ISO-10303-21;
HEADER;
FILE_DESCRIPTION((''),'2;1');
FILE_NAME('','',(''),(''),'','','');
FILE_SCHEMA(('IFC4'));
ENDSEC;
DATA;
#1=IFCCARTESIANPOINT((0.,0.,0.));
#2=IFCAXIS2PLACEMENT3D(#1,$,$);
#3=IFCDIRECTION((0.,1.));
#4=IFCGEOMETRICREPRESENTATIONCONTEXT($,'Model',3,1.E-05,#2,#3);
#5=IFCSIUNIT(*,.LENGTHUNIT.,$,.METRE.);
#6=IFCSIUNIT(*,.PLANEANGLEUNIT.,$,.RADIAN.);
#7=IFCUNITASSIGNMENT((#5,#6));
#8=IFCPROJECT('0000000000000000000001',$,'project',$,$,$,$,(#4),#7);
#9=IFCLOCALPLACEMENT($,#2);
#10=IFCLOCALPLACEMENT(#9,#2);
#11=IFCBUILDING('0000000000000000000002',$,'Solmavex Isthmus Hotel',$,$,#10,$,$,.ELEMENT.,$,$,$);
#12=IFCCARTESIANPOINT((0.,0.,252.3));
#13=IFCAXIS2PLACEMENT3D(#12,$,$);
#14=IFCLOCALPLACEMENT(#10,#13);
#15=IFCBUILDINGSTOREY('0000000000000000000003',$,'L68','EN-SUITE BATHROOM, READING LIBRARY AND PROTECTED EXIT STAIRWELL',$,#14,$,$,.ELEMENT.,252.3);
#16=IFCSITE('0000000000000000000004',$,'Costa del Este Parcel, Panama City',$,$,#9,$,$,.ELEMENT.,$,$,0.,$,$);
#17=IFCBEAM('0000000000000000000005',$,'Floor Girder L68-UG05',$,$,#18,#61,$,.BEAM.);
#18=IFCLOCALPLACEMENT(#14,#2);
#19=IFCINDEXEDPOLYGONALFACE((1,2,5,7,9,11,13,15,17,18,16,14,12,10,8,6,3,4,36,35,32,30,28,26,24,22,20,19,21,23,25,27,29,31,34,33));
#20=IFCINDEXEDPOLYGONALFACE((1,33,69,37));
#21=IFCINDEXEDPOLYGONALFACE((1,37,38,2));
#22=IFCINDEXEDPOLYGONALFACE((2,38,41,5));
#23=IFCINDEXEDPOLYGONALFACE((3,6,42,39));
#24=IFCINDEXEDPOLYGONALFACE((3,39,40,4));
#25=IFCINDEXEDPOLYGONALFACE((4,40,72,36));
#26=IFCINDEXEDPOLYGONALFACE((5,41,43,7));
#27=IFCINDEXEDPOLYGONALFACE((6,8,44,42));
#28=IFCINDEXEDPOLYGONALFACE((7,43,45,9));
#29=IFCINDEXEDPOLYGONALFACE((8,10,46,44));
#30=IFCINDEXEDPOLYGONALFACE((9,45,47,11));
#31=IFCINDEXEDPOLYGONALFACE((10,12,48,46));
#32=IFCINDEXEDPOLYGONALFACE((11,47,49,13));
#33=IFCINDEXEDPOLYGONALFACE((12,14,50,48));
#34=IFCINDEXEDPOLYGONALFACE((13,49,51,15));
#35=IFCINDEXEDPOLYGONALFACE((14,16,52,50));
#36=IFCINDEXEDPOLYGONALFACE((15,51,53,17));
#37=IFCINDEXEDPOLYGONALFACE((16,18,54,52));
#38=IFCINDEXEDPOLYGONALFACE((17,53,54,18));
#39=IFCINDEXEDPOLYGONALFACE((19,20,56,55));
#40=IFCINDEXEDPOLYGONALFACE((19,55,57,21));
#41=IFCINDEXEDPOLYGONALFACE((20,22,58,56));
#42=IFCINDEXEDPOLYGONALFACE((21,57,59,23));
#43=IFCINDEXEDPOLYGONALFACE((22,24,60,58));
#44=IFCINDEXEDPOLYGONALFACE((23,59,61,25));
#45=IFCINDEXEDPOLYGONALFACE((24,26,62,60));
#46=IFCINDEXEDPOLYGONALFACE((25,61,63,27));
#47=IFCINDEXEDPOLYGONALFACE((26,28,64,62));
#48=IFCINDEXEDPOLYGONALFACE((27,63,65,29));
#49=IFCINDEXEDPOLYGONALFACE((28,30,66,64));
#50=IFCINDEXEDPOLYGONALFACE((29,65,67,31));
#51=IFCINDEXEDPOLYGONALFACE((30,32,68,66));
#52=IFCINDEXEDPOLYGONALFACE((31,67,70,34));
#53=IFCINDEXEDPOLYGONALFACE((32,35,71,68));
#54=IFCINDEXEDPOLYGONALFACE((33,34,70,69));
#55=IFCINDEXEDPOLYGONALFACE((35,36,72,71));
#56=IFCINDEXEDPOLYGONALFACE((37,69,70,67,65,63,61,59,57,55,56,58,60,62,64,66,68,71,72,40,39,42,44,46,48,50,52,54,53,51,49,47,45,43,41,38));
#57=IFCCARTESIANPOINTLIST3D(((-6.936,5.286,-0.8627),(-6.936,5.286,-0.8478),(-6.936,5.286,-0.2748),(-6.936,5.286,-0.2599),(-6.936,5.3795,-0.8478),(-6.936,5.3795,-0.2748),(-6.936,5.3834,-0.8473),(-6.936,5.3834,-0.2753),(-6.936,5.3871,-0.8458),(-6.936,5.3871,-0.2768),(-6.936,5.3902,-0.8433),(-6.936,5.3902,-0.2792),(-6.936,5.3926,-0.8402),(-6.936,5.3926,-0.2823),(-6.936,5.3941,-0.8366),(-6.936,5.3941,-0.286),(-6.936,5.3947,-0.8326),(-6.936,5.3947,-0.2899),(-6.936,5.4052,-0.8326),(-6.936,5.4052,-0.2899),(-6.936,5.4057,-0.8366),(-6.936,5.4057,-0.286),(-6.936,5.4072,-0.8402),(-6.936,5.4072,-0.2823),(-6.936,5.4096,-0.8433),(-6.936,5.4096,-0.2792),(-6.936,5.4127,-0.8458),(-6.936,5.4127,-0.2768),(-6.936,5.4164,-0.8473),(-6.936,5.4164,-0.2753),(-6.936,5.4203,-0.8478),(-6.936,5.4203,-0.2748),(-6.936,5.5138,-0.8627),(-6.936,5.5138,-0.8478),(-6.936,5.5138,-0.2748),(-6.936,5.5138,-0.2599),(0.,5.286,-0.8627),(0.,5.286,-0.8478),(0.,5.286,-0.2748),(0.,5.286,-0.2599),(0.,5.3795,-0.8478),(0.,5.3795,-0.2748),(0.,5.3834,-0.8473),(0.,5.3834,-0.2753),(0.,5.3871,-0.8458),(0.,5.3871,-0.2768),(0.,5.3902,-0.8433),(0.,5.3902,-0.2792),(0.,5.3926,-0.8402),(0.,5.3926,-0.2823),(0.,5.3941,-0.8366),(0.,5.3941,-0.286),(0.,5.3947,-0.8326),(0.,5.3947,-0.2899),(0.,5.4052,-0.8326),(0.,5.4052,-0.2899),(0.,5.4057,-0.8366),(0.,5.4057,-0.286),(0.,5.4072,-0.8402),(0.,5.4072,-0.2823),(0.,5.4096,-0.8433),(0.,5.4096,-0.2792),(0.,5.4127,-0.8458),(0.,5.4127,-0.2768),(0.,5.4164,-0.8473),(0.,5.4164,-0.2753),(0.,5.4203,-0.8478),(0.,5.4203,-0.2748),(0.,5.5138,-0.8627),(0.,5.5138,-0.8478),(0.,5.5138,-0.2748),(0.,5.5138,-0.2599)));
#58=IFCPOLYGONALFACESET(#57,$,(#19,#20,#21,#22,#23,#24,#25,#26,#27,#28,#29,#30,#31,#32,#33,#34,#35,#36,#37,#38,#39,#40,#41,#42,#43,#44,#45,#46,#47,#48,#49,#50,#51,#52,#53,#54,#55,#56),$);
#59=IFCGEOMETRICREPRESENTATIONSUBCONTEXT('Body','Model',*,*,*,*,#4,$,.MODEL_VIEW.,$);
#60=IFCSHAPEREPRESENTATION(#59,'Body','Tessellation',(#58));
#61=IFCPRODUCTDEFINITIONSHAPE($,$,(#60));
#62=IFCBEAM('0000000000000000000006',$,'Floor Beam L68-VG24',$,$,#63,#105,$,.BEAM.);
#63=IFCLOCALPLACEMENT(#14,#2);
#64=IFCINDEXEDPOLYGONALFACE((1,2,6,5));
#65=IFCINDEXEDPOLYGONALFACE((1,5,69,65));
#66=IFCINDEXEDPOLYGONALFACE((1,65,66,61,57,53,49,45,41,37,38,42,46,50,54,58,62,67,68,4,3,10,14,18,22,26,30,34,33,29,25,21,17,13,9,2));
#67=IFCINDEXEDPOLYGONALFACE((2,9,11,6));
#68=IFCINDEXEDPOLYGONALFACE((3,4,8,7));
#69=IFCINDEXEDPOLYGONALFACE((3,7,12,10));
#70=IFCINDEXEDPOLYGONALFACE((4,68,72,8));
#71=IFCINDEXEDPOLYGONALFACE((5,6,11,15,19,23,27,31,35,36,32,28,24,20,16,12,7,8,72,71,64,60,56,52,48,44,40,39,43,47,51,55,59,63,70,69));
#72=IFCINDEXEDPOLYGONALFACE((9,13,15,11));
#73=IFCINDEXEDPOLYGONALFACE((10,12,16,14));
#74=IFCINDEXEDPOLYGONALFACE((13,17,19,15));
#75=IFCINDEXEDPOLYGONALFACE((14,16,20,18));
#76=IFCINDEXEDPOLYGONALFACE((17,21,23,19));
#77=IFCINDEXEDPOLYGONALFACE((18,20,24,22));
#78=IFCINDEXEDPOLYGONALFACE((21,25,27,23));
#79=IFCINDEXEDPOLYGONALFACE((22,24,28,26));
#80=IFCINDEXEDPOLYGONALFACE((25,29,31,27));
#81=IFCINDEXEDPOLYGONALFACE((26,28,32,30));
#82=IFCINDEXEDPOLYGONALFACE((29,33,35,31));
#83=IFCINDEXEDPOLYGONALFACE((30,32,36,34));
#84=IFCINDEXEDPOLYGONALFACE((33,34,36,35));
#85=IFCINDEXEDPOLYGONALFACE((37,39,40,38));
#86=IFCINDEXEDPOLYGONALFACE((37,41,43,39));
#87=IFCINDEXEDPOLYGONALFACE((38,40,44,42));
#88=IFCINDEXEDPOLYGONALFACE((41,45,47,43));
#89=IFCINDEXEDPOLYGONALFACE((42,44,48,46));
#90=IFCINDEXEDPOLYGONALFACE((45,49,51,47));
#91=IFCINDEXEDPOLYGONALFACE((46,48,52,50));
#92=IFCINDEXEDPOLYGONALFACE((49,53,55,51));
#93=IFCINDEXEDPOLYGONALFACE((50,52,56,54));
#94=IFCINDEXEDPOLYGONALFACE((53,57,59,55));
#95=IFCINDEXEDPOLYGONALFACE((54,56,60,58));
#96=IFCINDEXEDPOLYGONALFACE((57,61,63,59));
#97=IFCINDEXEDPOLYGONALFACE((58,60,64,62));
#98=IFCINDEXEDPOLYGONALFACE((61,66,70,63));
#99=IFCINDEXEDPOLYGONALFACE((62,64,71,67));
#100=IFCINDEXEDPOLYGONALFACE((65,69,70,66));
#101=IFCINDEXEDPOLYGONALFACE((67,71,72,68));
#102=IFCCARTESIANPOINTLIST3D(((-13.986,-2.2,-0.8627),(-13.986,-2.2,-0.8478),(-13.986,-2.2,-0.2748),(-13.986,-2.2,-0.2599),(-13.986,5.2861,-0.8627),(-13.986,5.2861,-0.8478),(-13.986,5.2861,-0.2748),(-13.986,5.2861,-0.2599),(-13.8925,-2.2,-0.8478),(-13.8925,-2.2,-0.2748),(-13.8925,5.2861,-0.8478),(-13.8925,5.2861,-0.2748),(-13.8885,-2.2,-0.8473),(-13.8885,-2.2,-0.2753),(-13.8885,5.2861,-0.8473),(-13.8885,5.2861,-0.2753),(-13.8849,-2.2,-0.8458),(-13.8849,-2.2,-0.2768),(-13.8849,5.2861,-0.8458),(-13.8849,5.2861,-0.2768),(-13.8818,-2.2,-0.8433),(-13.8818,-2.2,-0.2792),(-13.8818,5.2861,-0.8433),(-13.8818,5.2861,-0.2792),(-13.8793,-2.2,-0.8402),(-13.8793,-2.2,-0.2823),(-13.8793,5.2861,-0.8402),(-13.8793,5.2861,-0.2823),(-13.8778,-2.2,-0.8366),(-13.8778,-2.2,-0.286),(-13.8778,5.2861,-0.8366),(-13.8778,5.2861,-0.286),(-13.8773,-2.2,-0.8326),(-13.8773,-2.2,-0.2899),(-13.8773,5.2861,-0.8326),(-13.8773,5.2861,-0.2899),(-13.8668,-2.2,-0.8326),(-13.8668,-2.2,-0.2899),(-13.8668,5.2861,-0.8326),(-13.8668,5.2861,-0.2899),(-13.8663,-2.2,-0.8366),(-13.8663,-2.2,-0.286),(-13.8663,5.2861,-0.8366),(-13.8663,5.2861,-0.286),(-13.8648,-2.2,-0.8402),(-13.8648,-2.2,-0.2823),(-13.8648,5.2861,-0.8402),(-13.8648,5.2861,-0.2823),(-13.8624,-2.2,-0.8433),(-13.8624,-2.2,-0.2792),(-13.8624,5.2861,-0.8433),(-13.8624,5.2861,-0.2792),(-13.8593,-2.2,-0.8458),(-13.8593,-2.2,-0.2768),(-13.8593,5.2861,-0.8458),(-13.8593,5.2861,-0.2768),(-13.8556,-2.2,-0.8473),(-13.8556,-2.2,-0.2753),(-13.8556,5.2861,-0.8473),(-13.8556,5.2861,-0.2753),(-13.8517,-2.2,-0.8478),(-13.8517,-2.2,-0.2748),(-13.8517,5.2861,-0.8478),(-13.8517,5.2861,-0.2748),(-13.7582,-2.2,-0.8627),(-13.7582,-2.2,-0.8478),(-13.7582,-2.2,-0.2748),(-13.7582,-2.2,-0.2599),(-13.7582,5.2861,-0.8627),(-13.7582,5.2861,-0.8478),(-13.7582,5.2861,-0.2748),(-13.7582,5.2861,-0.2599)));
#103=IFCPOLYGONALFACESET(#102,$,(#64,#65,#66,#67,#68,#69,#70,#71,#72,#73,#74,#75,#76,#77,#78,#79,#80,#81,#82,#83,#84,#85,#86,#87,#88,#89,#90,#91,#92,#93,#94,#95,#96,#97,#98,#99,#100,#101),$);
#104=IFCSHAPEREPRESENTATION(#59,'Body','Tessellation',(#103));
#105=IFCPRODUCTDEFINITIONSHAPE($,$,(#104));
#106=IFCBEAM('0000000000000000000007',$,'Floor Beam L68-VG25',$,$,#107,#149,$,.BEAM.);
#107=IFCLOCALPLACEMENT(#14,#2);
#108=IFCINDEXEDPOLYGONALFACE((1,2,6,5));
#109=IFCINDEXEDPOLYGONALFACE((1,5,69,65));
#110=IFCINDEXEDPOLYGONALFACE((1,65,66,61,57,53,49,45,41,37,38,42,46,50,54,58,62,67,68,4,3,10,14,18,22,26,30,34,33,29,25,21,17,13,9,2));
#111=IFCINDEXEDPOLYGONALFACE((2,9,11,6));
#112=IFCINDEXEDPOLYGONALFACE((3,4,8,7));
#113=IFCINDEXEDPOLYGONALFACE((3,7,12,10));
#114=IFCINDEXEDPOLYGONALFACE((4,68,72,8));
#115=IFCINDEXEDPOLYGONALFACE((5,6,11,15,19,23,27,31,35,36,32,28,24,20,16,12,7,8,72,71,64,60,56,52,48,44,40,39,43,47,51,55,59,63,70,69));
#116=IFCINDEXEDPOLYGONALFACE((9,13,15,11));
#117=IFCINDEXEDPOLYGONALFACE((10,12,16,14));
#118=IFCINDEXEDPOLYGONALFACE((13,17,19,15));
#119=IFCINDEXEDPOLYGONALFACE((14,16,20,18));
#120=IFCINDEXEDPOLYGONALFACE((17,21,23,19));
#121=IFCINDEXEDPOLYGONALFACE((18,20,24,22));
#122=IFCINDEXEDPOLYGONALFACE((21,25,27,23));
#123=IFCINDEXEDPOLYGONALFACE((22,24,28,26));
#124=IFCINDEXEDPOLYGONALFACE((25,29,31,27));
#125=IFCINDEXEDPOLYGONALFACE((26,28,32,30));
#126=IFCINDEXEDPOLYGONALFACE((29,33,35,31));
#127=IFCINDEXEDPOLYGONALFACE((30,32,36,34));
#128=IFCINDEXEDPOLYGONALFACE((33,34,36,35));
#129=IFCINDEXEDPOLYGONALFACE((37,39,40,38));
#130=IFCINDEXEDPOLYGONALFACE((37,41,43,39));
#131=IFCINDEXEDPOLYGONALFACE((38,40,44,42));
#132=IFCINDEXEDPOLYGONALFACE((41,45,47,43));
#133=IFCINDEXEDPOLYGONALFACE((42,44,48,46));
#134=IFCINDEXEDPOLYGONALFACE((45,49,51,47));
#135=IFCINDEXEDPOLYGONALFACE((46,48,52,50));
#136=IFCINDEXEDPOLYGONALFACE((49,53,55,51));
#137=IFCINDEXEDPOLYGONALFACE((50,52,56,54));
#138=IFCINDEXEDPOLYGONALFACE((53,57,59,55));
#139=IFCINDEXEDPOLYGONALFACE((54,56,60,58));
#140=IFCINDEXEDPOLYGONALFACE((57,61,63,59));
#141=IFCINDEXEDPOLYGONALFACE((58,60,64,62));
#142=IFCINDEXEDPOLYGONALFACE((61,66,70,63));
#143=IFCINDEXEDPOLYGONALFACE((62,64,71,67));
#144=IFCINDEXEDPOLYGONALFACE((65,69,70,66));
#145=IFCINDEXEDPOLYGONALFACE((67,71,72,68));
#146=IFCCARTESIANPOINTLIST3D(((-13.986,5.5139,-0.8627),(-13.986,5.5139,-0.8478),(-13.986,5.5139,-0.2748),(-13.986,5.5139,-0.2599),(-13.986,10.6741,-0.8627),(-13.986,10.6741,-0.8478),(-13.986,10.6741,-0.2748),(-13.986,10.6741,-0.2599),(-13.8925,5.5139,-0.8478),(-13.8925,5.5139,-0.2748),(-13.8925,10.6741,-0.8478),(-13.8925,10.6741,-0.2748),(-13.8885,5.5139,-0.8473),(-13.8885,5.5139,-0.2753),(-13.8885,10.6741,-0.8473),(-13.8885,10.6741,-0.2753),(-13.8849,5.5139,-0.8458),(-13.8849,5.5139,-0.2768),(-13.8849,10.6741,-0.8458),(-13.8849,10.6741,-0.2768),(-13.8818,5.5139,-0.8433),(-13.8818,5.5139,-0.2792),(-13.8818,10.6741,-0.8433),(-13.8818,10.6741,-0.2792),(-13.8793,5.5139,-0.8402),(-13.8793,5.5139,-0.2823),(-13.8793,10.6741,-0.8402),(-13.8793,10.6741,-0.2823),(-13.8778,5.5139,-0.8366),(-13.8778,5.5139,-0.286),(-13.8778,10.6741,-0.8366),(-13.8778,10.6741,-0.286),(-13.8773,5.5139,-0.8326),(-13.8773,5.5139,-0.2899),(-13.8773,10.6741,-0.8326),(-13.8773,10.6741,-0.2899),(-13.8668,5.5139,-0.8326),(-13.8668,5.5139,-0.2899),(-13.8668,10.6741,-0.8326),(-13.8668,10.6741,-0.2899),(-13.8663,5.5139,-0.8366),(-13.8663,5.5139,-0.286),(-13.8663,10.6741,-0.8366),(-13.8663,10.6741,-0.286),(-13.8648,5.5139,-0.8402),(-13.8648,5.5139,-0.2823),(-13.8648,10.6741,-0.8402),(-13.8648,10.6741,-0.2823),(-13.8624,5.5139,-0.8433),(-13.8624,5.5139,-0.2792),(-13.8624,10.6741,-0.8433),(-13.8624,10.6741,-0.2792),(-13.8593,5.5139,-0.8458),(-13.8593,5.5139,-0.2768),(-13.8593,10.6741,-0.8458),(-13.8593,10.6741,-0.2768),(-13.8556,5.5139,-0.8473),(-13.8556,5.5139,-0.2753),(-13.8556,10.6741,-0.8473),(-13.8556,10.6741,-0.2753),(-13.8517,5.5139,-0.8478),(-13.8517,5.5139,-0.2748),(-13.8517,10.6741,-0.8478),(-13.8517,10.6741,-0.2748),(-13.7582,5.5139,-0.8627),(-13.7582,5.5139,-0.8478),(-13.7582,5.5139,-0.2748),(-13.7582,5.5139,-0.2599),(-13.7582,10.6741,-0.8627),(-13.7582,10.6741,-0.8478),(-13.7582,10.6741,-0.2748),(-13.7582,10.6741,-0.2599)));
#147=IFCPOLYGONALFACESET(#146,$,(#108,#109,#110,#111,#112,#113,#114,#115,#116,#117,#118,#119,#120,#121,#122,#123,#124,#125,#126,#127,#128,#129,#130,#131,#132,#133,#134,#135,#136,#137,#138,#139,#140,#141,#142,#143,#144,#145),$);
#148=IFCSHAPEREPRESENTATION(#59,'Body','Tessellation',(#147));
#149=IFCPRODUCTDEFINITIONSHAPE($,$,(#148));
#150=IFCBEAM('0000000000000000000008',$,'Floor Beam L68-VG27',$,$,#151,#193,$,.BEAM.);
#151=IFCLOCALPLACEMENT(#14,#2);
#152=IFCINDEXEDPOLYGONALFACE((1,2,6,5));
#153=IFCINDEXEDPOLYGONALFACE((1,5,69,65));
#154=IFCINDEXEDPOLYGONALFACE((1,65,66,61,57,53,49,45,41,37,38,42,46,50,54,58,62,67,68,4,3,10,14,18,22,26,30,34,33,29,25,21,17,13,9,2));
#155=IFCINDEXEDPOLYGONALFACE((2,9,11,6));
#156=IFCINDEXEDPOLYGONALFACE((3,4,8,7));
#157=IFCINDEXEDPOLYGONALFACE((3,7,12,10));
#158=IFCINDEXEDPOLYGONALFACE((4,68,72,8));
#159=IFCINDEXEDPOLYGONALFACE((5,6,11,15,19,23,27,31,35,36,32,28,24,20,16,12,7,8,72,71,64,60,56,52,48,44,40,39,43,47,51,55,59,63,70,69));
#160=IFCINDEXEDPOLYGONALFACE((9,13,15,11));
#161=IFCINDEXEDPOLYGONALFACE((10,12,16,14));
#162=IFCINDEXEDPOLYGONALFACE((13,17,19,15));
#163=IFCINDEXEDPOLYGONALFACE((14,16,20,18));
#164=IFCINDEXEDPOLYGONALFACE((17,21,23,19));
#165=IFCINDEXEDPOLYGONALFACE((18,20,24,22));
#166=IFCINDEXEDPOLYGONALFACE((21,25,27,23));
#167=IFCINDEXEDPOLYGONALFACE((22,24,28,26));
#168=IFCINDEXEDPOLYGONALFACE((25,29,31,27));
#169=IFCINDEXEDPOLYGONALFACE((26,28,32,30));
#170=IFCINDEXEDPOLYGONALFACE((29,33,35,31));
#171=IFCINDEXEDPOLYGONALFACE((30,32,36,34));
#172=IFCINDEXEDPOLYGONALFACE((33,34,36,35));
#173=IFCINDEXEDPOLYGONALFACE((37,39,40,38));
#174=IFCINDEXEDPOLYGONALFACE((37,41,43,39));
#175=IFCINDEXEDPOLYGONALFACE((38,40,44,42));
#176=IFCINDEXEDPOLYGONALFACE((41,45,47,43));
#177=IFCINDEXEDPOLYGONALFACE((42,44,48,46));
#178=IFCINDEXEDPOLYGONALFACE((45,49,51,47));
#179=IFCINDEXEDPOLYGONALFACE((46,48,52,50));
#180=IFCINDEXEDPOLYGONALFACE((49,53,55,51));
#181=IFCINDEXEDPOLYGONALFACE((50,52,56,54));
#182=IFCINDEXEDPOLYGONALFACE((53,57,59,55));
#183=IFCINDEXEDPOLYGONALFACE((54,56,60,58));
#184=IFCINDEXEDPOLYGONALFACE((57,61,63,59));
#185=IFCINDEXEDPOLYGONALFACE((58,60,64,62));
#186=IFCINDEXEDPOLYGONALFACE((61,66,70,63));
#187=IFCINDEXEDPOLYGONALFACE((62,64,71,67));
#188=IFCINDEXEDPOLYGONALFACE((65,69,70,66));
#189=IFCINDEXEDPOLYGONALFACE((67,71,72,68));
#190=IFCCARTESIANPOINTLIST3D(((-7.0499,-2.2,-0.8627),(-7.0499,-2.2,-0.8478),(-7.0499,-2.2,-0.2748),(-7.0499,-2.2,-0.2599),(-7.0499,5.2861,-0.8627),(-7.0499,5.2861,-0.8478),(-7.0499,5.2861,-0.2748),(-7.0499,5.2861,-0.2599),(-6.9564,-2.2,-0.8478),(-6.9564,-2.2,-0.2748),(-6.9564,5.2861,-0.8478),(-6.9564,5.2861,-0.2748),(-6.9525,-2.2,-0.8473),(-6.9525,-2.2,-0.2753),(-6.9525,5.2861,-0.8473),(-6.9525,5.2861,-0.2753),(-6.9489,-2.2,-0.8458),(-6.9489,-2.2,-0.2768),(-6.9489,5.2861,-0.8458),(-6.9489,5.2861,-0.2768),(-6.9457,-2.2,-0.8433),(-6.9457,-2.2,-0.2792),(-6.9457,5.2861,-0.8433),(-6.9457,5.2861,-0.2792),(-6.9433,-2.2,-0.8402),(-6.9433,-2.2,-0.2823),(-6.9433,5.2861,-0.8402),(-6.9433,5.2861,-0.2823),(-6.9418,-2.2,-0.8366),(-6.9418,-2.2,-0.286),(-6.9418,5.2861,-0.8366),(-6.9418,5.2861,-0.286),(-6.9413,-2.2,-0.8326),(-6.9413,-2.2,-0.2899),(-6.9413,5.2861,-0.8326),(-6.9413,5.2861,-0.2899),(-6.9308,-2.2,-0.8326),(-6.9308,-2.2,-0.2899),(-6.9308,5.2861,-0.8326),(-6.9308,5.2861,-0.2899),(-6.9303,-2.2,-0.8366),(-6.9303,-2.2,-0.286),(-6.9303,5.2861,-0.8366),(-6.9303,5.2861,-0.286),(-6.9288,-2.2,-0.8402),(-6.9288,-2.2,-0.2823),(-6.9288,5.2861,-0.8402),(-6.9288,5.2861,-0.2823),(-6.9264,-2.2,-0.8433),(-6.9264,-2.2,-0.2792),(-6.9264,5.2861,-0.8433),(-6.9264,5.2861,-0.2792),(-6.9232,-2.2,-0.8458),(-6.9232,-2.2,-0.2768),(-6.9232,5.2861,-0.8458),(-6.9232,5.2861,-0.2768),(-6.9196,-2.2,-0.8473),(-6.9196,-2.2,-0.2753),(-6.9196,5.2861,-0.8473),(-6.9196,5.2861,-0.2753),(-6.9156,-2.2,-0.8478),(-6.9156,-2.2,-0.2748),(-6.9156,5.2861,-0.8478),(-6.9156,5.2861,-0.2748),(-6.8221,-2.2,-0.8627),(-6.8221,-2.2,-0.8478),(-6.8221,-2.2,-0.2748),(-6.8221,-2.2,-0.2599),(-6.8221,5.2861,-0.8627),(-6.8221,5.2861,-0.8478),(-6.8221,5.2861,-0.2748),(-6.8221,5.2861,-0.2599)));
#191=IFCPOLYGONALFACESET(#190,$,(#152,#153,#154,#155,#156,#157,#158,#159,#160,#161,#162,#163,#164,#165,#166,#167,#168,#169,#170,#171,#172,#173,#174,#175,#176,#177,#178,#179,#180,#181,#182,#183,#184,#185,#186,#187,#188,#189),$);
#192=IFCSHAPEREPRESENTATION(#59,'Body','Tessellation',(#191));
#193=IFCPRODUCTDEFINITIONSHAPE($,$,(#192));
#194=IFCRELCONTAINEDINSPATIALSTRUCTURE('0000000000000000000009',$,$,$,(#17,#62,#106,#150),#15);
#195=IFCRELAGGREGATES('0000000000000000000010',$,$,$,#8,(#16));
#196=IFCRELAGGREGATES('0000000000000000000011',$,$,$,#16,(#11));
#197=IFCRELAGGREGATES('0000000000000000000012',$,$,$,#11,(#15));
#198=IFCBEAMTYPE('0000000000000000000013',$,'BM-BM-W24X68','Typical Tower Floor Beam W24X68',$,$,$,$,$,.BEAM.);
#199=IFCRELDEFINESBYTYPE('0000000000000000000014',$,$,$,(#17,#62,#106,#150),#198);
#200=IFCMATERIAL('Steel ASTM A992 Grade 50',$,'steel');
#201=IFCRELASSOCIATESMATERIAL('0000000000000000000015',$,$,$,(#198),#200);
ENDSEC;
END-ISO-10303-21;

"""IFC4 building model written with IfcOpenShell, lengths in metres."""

from ifc_helpers import new_model, si_unit, direction, frame, origin, origin_2d, place, context, subcontext, project, spatial, i_section, extrude, material, material_profile, profile_set, type_object, element, save


model = new_model("IFC4")

# Units and contexts
model_context = context("Model", 3, precision=1e-05, world=origin(), true_north=direction((0.0, 1.0)))
body_context = subcontext(model_context, "Body", "Model", "MODEL_VIEW")
ifc_project = project(units=[si_unit("LENGTHUNIT", "METRE"), si_unit("PLANEANGLEUNIT", "RADIAN")], contexts=[model_context])

# Site, building, storey
site_placement = place(None, origin())
site = spatial("IfcSite", under=ifc_project, at=site_placement, Name="Costa del Este Parcel, Panama City", CompositionType="ELEMENT", RefElevation=0.0)
building_placement = place(site_placement, origin())
building = spatial("IfcBuilding", under=site, at=building_placement, Name="Solmavex Isthmus Hotel", CompositionType="ELEMENT")
storey_placement = place(building_placement, frame((0.0, 0.0, 252.3)))
storey = spatial("IfcBuildingStorey", under=building, at=storey_placement, Name="L68", Description="EN-SUITE BATHROOM, READING LIBRARY AND PROTECTED EXIT STAIRWELL", CompositionType="ELEMENT", Elevation=252.3)

# Beams
ifc_material_1 = material(Name="Steel ASTM A992 Grade 50", Category="steel")
ifc_material_profile_1 = material_profile(ifc_material_1, i_section(OverallWidth=0.2278, OverallDepth=0.6028, WebThickness=0.0105, FlangeThickness=0.0149, FilletRadius=0.0151, at=origin_2d()), Name="W24X68")
ifc_profile_set_1 = profile_set([ifc_material_profile_1], Name="Steel ASTM A992 Grade 50")
beam_type_1 = type_object("IfcBeamType", Name="BM-BM-W24X68", Description="Typical Tower Floor Beam W24X68", PredefinedType="BEAM", material=ifc_profile_set_1)
for number, where, z_axis, x_axis, name in (
    (1, (-6.936, 5.3999, -0.5613), (1.0, 0.0, 0.0), (0.0, 1.0, 0.0), "Floor Girder L68-UG05"),
):
    element("IfcBeam", number, at=place(storey_placement, frame(where, z_axis=z_axis, x_axis=x_axis)), inside=storey, type_object=beam_type_1, Name=name, PredefinedType="BEAM", context=body_context, shape_type="SweptSolid", body=[
        extrude(i_section(OverallWidth=0.2278, OverallDepth=0.6028, WebThickness=0.0105, FlangeThickness=0.0149, FilletRadius=0.0151, at=origin_2d()), origin(), (0.0, 0.0, 1.0), 6.936),
    ])
beam_1_placement = place(storey_placement, frame((-13.8721, -2.2, -0.5613), z_axis=(0.0, 1.0, 0.0), x_axis=(-1.0, 0.0, 0.0)))
element("IfcBeam", 2, at=beam_1_placement, inside=storey, type_object=beam_type_1, Name="Floor Beam L68-VG24", PredefinedType="BEAM", context=body_context, shape_type="SweptSolid", body=[
    extrude(i_section(OverallWidth=0.2278, OverallDepth=0.6028, WebThickness=0.0105, FlangeThickness=0.0149, FilletRadius=0.0151, at=origin_2d()), origin(), (0.0, 0.0, 1.0), 7.4861),
])
beam_2_placement = place(storey_placement, frame((-13.8721, 5.5139, -0.5613), z_axis=(0.0, 1.0, 0.0), x_axis=(-1.0, 0.0, 0.0)))
element("IfcBeam", 3, at=beam_2_placement, inside=storey, type_object=beam_type_1, Name="Floor Beam L68-VG25", PredefinedType="BEAM", context=body_context, shape_type="SweptSolid", body=[
    extrude(i_section(OverallWidth=0.2278, OverallDepth=0.6028, WebThickness=0.0105, FlangeThickness=0.0149, FilletRadius=0.0151, at=origin_2d()), origin(), (0.0, 0.0, 1.0), 5.1602),
])
beam_3_placement = place(storey_placement, frame((-6.936, -2.2, -0.5613), z_axis=(0.0, 1.0, 0.0), x_axis=(-1.0, 0.0, 0.0)))
element("IfcBeam", 4, at=beam_3_placement, inside=storey, type_object=beam_type_1, Name="Floor Beam L68-VG27", PredefinedType="BEAM", context=body_context, shape_type="SweptSolid", body=[
    extrude(i_section(OverallWidth=0.2278, OverallDepth=0.6028, WebThickness=0.0105, FlangeThickness=0.0149, FilletRadius=0.0151, at=origin_2d()), origin(), (0.0, 0.0, 1.0), 7.4861),
])

save(model, "model.ifc")
